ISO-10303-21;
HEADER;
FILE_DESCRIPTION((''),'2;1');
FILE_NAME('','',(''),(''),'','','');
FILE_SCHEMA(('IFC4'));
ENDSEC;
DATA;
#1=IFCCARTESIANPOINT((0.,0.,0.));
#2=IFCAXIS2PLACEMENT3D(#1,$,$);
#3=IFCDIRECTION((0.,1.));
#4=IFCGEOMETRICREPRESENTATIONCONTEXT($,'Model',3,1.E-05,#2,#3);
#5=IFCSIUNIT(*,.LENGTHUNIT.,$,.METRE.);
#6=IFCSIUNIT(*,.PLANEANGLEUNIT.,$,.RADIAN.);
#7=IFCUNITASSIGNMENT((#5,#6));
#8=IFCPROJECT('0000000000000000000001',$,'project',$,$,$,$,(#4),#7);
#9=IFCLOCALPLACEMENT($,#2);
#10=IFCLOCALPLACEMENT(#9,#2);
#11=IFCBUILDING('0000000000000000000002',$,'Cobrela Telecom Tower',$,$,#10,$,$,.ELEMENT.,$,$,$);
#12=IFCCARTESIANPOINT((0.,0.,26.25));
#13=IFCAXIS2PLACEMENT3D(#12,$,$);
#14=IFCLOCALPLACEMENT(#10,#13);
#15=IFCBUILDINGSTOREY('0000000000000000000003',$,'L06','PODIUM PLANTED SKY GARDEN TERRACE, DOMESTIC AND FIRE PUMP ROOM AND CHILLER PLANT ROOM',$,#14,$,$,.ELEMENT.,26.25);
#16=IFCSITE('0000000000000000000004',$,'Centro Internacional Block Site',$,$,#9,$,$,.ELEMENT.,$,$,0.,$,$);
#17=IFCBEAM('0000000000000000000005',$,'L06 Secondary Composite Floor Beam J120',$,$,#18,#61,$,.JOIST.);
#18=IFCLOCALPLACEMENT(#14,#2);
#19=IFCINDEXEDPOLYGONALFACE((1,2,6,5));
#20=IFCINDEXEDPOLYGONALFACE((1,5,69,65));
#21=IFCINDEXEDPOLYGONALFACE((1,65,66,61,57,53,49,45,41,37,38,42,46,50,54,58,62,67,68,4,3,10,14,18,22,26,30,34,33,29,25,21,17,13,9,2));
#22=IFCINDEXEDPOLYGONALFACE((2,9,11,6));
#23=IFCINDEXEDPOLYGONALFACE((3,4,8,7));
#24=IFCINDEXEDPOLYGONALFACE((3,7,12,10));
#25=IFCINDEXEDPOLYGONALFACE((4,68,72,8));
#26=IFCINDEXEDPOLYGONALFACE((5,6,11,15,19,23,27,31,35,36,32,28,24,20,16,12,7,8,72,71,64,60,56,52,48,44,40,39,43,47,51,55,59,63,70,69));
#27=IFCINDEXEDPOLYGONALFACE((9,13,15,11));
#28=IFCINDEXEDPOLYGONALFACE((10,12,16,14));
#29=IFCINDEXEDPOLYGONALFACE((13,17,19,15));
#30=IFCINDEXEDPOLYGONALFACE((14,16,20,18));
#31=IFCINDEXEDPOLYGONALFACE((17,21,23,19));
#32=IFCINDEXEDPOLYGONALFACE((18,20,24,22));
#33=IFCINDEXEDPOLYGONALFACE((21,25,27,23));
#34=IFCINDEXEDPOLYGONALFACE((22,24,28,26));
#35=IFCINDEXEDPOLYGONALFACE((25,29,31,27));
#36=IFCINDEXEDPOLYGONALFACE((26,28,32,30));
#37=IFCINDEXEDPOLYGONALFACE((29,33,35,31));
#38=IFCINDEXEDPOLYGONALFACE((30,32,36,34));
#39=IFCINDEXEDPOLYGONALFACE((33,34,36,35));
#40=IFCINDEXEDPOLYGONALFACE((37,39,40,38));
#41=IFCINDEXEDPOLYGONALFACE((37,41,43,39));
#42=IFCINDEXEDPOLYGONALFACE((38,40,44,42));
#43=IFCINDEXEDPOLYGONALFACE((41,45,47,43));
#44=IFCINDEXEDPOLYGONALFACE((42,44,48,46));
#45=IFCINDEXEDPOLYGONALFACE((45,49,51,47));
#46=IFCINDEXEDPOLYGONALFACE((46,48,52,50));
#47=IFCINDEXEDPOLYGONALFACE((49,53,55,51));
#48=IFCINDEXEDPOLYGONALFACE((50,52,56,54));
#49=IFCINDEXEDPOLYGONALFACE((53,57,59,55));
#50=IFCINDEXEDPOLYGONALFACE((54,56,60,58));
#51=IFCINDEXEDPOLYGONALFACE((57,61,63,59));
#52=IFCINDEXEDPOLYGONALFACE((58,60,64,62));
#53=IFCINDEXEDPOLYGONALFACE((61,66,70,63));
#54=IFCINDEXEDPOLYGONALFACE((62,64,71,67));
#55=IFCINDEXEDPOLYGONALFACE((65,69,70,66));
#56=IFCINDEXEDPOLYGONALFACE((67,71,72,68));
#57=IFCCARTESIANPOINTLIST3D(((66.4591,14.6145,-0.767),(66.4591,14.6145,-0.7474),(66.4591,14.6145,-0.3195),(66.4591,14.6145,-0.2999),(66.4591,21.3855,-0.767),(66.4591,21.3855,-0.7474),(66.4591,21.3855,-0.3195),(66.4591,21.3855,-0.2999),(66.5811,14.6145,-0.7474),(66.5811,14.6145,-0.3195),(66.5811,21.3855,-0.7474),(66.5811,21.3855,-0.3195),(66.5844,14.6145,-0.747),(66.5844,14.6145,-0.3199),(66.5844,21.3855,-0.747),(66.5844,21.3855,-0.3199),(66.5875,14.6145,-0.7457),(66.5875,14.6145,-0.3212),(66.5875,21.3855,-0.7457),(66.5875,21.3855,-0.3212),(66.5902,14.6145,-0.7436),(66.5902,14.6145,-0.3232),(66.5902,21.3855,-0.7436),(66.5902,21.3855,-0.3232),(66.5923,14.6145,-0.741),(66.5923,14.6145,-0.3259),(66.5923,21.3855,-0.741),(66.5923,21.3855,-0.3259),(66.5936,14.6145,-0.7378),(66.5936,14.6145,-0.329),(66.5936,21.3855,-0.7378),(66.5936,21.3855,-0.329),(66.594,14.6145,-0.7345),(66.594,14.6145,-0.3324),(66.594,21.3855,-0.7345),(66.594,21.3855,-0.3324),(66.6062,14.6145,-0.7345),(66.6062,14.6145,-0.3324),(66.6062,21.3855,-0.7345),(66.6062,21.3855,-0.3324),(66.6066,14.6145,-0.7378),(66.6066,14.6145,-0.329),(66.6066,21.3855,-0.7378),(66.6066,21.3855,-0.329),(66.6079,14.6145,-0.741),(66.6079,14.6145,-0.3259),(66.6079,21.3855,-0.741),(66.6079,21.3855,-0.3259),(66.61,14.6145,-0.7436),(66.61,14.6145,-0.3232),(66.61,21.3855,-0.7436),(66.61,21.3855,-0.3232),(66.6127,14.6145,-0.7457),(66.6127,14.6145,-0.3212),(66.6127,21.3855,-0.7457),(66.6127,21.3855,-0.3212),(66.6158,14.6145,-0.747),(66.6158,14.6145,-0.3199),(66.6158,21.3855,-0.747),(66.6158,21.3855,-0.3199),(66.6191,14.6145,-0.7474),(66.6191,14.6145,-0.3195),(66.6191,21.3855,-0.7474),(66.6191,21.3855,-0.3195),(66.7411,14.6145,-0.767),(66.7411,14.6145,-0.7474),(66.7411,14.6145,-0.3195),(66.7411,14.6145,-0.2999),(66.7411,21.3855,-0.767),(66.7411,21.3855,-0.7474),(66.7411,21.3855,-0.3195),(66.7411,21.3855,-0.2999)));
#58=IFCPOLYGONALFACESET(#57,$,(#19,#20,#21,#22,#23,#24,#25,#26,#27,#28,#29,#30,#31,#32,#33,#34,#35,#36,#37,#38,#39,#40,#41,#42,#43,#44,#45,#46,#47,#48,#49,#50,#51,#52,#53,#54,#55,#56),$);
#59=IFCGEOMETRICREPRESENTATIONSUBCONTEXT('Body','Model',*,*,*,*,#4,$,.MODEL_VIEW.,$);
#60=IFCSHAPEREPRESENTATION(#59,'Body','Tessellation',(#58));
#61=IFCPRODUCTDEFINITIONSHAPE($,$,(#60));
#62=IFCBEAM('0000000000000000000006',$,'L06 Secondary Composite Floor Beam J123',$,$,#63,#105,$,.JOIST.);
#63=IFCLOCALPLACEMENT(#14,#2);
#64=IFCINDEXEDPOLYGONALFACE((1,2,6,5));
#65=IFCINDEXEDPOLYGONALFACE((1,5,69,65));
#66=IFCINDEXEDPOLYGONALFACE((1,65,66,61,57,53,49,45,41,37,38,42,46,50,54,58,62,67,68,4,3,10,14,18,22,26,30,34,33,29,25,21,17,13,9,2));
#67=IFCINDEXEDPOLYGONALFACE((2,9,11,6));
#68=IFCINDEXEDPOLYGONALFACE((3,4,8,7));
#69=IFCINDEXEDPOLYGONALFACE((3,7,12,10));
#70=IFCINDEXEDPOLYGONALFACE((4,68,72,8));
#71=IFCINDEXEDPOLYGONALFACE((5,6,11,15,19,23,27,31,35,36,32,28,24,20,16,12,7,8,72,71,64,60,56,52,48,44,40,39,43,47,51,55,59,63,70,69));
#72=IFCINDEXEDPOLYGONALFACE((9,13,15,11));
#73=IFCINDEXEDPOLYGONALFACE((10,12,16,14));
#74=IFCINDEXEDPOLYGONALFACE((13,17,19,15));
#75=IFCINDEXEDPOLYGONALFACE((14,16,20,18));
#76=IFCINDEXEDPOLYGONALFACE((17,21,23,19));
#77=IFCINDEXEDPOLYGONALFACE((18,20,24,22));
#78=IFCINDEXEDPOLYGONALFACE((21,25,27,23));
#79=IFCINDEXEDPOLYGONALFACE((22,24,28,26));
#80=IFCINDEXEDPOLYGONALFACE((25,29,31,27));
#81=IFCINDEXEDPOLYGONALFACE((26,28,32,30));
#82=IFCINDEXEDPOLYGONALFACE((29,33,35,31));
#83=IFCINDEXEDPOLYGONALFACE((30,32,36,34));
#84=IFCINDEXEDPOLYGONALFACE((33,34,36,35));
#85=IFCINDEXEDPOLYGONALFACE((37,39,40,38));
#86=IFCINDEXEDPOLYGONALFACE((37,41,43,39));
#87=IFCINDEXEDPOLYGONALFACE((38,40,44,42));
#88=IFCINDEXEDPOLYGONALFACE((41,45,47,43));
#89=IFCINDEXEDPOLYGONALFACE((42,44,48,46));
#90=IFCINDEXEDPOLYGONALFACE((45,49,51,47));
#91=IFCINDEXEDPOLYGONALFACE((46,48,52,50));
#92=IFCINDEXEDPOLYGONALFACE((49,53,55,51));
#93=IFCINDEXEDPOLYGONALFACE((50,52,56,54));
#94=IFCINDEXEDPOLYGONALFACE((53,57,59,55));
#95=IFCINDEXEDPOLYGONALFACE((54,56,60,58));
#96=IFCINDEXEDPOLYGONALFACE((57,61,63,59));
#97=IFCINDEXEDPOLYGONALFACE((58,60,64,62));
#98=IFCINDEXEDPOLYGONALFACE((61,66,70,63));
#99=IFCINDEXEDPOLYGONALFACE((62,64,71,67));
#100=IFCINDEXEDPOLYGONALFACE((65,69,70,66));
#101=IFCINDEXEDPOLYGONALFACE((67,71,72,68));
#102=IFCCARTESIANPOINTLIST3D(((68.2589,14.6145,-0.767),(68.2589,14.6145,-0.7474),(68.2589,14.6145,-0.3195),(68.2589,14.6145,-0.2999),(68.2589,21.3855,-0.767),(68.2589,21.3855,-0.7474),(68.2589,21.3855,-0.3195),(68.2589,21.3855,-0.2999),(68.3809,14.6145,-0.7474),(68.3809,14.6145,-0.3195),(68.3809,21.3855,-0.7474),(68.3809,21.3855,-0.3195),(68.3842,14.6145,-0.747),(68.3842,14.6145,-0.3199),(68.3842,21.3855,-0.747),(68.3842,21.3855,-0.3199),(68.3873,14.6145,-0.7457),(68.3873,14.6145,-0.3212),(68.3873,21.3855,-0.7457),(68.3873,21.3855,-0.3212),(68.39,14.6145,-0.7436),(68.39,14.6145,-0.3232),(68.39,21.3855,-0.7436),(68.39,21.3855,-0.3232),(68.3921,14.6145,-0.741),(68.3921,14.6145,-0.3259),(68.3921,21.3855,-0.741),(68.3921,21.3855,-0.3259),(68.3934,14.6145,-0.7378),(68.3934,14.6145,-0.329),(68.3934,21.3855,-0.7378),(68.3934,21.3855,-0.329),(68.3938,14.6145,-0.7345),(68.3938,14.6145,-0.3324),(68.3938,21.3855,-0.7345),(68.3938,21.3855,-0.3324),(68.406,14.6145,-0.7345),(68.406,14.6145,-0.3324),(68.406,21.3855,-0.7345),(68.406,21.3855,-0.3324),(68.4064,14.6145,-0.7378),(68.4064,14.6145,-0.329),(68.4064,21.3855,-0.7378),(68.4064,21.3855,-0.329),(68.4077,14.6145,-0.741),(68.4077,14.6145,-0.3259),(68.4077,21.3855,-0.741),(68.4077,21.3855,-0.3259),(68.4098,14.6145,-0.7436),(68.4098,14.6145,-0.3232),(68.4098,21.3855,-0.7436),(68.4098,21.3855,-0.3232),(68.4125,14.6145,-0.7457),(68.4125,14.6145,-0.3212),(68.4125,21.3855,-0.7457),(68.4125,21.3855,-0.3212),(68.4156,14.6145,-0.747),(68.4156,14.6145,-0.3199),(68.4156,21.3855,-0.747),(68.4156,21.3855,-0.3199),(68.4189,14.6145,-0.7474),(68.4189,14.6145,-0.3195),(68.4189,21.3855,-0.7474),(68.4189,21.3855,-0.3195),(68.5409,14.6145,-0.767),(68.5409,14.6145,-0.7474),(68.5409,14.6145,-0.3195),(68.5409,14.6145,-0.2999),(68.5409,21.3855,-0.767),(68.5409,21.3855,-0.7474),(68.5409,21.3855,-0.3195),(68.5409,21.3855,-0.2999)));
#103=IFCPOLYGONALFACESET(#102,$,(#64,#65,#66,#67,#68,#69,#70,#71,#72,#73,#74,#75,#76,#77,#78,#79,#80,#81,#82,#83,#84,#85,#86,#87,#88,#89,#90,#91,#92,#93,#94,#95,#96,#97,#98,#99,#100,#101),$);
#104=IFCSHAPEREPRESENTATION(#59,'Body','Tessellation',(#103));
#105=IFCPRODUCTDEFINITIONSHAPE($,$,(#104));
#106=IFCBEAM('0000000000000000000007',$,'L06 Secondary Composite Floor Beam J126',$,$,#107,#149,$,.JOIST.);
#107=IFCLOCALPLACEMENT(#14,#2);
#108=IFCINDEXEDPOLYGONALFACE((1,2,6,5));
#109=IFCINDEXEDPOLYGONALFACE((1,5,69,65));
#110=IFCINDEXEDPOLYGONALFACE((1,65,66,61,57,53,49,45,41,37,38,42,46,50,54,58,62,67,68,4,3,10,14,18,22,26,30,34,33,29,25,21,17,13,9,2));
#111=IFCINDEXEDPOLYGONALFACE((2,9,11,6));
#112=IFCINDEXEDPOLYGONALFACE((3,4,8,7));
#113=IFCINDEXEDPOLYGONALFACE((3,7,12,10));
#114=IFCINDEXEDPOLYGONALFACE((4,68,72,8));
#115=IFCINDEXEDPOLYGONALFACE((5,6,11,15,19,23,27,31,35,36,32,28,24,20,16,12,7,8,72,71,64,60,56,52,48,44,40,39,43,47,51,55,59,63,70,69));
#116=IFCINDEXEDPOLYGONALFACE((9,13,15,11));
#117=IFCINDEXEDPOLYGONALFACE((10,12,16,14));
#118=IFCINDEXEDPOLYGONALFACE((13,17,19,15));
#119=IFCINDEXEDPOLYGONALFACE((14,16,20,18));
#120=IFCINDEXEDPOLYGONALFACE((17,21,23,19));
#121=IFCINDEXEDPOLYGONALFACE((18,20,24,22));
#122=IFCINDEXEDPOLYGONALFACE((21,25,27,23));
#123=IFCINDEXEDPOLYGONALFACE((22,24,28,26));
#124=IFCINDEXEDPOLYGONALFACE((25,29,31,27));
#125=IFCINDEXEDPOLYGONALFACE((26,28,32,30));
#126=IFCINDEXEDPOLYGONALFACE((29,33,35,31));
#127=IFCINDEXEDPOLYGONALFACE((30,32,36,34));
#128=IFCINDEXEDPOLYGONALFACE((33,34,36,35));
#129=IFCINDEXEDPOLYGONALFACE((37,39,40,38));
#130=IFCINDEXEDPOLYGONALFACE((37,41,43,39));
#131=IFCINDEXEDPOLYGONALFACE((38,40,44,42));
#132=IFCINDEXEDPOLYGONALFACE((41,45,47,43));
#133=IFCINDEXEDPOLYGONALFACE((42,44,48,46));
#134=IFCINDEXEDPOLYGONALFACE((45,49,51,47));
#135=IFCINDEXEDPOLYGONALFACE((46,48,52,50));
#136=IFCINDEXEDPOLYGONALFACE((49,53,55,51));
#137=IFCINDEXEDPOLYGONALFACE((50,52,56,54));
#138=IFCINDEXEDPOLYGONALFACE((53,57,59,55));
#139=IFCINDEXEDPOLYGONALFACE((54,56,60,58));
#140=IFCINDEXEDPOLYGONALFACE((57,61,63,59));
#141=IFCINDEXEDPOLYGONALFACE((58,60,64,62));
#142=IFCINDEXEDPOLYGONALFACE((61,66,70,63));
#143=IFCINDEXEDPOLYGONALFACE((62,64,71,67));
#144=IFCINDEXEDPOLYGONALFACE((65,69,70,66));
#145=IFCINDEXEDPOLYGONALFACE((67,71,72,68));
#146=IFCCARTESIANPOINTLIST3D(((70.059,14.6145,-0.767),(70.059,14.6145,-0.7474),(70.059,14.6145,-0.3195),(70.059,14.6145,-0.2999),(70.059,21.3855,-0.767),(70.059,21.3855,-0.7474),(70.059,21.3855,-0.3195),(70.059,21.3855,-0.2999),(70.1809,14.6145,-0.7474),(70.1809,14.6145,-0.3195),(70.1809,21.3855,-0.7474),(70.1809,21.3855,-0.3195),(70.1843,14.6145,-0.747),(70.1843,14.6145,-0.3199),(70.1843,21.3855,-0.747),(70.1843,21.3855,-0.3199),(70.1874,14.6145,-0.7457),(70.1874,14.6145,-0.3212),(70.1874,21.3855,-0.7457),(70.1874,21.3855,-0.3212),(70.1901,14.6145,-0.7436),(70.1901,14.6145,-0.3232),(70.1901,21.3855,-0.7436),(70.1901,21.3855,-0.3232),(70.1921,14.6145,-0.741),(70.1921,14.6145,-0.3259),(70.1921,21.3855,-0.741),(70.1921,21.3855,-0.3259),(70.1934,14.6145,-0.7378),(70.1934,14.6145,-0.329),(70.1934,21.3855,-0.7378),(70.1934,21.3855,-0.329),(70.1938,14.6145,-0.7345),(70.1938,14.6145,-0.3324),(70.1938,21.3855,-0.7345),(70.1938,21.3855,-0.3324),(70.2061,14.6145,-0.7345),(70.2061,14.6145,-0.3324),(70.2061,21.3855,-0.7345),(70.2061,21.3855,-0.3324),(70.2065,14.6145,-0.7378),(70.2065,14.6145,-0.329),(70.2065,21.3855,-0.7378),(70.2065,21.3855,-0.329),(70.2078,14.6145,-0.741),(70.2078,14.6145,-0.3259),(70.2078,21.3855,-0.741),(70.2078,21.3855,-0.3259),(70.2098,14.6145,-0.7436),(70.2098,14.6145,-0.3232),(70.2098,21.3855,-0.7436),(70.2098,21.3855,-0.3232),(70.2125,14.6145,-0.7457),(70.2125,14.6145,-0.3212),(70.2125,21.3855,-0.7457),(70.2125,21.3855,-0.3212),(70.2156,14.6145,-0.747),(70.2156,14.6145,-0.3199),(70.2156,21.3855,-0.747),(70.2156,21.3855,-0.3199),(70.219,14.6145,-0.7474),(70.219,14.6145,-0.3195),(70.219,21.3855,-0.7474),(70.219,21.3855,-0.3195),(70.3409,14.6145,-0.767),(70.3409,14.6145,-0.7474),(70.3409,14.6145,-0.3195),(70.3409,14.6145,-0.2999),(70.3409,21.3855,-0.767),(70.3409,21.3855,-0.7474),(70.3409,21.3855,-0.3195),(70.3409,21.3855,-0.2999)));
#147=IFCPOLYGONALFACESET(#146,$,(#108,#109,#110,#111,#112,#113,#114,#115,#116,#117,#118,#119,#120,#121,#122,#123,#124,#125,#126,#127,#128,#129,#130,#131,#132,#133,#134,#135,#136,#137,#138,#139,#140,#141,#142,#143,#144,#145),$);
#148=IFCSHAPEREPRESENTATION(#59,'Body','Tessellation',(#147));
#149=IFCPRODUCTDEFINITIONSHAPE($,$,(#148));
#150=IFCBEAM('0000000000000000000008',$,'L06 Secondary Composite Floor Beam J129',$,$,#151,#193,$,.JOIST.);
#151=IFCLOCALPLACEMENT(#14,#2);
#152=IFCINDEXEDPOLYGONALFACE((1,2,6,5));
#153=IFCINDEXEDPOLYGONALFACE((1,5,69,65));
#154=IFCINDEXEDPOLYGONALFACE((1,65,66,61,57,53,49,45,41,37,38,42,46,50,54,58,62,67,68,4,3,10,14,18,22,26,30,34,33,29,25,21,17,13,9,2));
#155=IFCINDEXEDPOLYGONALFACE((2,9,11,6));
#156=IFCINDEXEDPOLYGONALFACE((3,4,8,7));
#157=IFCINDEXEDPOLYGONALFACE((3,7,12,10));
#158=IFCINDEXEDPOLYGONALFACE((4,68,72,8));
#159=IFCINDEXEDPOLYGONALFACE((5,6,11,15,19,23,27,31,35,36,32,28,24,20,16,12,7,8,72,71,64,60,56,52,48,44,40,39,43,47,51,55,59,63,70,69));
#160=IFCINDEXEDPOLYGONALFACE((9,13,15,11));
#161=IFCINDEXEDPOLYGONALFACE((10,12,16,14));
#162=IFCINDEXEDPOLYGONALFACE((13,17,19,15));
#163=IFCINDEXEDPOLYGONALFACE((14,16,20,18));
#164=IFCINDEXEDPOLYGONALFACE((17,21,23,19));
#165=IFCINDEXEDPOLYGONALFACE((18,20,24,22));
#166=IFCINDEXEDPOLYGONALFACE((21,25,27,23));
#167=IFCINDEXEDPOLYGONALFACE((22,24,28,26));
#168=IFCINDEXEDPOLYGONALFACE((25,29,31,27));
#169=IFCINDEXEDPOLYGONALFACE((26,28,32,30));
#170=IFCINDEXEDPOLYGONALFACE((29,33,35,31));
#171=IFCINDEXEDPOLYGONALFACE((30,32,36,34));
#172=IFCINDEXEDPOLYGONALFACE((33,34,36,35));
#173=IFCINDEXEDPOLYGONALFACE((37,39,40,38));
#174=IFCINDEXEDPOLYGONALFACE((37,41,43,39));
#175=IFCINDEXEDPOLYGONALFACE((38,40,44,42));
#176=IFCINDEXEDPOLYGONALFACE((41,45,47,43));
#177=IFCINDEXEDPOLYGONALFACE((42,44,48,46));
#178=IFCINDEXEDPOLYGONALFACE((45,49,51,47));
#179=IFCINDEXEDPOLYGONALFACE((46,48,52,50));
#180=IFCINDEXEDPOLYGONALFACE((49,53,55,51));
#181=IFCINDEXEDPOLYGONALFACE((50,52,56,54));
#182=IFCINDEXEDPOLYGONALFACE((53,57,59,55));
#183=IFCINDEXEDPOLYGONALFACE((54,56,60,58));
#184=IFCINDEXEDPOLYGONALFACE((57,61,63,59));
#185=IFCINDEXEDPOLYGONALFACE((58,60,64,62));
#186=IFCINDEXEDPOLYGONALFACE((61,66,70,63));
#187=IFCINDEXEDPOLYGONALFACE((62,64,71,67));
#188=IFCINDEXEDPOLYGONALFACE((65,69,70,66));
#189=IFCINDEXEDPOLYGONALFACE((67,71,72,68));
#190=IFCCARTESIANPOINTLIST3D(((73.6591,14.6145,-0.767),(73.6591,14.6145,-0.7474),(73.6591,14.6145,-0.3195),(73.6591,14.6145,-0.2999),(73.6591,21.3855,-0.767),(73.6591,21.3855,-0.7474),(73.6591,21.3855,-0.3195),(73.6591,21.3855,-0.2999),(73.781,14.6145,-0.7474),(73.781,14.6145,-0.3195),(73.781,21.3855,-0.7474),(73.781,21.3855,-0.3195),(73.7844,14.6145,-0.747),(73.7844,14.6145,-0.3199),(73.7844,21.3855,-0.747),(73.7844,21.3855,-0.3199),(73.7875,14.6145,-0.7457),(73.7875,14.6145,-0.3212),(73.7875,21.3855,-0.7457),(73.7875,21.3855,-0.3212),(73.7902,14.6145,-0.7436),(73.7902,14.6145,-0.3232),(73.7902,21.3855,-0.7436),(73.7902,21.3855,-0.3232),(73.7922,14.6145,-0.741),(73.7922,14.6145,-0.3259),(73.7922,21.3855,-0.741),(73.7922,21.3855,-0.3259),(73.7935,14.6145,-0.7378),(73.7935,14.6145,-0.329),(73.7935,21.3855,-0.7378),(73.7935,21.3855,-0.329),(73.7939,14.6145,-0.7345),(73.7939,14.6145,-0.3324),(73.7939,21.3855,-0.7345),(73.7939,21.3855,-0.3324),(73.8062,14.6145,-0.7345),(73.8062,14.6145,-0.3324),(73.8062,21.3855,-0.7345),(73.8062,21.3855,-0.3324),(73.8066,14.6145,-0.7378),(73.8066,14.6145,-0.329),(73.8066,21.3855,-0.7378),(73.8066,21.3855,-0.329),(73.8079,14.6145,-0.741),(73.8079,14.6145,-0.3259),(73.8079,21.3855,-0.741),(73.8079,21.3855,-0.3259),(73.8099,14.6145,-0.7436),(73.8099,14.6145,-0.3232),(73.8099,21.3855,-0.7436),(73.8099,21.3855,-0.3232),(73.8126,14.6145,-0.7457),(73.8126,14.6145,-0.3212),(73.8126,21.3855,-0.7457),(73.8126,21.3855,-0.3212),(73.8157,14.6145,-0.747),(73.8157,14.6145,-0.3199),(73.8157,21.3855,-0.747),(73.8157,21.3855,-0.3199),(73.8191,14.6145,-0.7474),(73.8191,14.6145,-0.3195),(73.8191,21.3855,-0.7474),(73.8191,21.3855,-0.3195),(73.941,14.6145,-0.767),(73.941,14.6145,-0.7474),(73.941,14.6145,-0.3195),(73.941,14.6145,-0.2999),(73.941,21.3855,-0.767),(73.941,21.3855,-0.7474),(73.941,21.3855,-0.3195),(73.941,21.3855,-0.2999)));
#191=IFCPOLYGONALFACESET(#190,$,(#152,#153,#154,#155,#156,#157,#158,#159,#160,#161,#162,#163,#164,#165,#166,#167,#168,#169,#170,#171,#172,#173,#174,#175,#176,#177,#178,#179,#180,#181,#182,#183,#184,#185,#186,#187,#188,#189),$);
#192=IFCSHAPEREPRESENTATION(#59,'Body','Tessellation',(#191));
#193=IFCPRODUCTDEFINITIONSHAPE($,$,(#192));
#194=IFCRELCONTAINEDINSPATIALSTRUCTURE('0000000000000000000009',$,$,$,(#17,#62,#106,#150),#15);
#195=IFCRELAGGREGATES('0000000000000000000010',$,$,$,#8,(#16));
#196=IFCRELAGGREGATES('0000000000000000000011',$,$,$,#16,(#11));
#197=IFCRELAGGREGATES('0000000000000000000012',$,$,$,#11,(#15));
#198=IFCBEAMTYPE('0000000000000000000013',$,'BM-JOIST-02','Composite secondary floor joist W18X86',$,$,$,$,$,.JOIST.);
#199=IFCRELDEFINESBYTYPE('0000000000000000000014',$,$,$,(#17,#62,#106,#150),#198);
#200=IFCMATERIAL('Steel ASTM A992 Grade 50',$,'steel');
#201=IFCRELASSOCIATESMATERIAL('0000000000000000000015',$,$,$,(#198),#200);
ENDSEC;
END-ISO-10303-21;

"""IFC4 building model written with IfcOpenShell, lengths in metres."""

from ifc_helpers import new_model, si_unit, direction, frame, origin, origin_2d, place, context, subcontext, project, spatial, i_section, extrude, material, material_profile, profile_set, type_object, element, save


model = new_model("IFC4")

# Units and contexts
model_context = context("Model", 3, precision=1e-05, world=origin(), true_north=direction((0.0, 1.0)))
body_context = subcontext(model_context, "Body", "Model", "MODEL_VIEW")
ifc_project = project(units=[si_unit("LENGTHUNIT", "METRE"), si_unit("PLANEANGLEUNIT", "RADIAN")], contexts=[model_context])

# Site, building, storey
site_placement = place(None, origin())
site = spatial("IfcSite", under=ifc_project, at=site_placement, Name="Centro Internacional Block Site", CompositionType="ELEMENT", RefElevation=0.0)
building_placement = place(site_placement, origin())
building = spatial("IfcBuilding", under=site, at=building_placement, Name="Cobrela Telecom Tower", CompositionType="ELEMENT")
storey_placement = place(building_placement, frame((0.0, 0.0, 26.25)))
storey = spatial("IfcBuildingStorey", under=building, at=storey_placement, Name="L06", Description="PODIUM PLANTED SKY GARDEN TERRACE, DOMESTIC AND FIRE PUMP ROOM AND CHILLER PLANT ROOM", CompositionType="ELEMENT", Elevation=26.25)

# Beams
ifc_material_1 = material(Name="Steel ASTM A992 Grade 50", Category="steel")
ifc_material_profile_1 = material_profile(ifc_material_1, i_section(OverallWidth=0.282, OverallDepth=0.467, WebThickness=0.0122, FlangeThickness=0.0195, FilletRadius=0.0129, at=origin_2d()), Name="W18X86")
ifc_profile_set_1 = profile_set([ifc_material_profile_1], Name="Steel ASTM A992 Grade 50")
beam_type_1 = type_object("IfcBeamType", Name="BM-JOIST-02", Description="Composite secondary floor joist W18X86", PredefinedType="JOIST", material=ifc_profile_set_1)
for number, where, z_axis, x_axis, name in (
    (1, (66.6001, 14.6145, -0.5334), (0.0, 1.0, 0.0), (-1.0, 0.0, 0.0), "L06 Secondary Composite Floor Beam J120"),
    (2, (68.3999, 14.6145, -0.5334), (0.0, 1.0, 0.0), (-1.0, 0.0, 0.0), "L06 Secondary Composite Floor Beam J123"),
    (3, (70.2, 14.6145, -0.5334), (0.0, 1.0, 0.0), (-1.0, 0.0, 0.0), "L06 Secondary Composite Floor Beam J126"),
    (4, (73.8, 14.6145, -0.5334), (0.0, 1.0, 0.0), (-1.0, 0.0, 0.0), "L06 Secondary Composite Floor Beam J129"),
):
    element("IfcBeam", number, at=place(storey_placement, frame(where, z_axis=z_axis, x_axis=x_axis)), inside=storey, type_object=beam_type_1, Name=name, PredefinedType="JOIST", context=body_context, shape_type="SweptSolid", body=[
        extrude(i_section(OverallWidth=0.282, OverallDepth=0.467, WebThickness=0.0122, FlangeThickness=0.0195, FilletRadius=0.0129, at=origin_2d()), origin(), (0.0, 0.0, 1.0), 6.771),
    ])

save(model, "model.ifc")
